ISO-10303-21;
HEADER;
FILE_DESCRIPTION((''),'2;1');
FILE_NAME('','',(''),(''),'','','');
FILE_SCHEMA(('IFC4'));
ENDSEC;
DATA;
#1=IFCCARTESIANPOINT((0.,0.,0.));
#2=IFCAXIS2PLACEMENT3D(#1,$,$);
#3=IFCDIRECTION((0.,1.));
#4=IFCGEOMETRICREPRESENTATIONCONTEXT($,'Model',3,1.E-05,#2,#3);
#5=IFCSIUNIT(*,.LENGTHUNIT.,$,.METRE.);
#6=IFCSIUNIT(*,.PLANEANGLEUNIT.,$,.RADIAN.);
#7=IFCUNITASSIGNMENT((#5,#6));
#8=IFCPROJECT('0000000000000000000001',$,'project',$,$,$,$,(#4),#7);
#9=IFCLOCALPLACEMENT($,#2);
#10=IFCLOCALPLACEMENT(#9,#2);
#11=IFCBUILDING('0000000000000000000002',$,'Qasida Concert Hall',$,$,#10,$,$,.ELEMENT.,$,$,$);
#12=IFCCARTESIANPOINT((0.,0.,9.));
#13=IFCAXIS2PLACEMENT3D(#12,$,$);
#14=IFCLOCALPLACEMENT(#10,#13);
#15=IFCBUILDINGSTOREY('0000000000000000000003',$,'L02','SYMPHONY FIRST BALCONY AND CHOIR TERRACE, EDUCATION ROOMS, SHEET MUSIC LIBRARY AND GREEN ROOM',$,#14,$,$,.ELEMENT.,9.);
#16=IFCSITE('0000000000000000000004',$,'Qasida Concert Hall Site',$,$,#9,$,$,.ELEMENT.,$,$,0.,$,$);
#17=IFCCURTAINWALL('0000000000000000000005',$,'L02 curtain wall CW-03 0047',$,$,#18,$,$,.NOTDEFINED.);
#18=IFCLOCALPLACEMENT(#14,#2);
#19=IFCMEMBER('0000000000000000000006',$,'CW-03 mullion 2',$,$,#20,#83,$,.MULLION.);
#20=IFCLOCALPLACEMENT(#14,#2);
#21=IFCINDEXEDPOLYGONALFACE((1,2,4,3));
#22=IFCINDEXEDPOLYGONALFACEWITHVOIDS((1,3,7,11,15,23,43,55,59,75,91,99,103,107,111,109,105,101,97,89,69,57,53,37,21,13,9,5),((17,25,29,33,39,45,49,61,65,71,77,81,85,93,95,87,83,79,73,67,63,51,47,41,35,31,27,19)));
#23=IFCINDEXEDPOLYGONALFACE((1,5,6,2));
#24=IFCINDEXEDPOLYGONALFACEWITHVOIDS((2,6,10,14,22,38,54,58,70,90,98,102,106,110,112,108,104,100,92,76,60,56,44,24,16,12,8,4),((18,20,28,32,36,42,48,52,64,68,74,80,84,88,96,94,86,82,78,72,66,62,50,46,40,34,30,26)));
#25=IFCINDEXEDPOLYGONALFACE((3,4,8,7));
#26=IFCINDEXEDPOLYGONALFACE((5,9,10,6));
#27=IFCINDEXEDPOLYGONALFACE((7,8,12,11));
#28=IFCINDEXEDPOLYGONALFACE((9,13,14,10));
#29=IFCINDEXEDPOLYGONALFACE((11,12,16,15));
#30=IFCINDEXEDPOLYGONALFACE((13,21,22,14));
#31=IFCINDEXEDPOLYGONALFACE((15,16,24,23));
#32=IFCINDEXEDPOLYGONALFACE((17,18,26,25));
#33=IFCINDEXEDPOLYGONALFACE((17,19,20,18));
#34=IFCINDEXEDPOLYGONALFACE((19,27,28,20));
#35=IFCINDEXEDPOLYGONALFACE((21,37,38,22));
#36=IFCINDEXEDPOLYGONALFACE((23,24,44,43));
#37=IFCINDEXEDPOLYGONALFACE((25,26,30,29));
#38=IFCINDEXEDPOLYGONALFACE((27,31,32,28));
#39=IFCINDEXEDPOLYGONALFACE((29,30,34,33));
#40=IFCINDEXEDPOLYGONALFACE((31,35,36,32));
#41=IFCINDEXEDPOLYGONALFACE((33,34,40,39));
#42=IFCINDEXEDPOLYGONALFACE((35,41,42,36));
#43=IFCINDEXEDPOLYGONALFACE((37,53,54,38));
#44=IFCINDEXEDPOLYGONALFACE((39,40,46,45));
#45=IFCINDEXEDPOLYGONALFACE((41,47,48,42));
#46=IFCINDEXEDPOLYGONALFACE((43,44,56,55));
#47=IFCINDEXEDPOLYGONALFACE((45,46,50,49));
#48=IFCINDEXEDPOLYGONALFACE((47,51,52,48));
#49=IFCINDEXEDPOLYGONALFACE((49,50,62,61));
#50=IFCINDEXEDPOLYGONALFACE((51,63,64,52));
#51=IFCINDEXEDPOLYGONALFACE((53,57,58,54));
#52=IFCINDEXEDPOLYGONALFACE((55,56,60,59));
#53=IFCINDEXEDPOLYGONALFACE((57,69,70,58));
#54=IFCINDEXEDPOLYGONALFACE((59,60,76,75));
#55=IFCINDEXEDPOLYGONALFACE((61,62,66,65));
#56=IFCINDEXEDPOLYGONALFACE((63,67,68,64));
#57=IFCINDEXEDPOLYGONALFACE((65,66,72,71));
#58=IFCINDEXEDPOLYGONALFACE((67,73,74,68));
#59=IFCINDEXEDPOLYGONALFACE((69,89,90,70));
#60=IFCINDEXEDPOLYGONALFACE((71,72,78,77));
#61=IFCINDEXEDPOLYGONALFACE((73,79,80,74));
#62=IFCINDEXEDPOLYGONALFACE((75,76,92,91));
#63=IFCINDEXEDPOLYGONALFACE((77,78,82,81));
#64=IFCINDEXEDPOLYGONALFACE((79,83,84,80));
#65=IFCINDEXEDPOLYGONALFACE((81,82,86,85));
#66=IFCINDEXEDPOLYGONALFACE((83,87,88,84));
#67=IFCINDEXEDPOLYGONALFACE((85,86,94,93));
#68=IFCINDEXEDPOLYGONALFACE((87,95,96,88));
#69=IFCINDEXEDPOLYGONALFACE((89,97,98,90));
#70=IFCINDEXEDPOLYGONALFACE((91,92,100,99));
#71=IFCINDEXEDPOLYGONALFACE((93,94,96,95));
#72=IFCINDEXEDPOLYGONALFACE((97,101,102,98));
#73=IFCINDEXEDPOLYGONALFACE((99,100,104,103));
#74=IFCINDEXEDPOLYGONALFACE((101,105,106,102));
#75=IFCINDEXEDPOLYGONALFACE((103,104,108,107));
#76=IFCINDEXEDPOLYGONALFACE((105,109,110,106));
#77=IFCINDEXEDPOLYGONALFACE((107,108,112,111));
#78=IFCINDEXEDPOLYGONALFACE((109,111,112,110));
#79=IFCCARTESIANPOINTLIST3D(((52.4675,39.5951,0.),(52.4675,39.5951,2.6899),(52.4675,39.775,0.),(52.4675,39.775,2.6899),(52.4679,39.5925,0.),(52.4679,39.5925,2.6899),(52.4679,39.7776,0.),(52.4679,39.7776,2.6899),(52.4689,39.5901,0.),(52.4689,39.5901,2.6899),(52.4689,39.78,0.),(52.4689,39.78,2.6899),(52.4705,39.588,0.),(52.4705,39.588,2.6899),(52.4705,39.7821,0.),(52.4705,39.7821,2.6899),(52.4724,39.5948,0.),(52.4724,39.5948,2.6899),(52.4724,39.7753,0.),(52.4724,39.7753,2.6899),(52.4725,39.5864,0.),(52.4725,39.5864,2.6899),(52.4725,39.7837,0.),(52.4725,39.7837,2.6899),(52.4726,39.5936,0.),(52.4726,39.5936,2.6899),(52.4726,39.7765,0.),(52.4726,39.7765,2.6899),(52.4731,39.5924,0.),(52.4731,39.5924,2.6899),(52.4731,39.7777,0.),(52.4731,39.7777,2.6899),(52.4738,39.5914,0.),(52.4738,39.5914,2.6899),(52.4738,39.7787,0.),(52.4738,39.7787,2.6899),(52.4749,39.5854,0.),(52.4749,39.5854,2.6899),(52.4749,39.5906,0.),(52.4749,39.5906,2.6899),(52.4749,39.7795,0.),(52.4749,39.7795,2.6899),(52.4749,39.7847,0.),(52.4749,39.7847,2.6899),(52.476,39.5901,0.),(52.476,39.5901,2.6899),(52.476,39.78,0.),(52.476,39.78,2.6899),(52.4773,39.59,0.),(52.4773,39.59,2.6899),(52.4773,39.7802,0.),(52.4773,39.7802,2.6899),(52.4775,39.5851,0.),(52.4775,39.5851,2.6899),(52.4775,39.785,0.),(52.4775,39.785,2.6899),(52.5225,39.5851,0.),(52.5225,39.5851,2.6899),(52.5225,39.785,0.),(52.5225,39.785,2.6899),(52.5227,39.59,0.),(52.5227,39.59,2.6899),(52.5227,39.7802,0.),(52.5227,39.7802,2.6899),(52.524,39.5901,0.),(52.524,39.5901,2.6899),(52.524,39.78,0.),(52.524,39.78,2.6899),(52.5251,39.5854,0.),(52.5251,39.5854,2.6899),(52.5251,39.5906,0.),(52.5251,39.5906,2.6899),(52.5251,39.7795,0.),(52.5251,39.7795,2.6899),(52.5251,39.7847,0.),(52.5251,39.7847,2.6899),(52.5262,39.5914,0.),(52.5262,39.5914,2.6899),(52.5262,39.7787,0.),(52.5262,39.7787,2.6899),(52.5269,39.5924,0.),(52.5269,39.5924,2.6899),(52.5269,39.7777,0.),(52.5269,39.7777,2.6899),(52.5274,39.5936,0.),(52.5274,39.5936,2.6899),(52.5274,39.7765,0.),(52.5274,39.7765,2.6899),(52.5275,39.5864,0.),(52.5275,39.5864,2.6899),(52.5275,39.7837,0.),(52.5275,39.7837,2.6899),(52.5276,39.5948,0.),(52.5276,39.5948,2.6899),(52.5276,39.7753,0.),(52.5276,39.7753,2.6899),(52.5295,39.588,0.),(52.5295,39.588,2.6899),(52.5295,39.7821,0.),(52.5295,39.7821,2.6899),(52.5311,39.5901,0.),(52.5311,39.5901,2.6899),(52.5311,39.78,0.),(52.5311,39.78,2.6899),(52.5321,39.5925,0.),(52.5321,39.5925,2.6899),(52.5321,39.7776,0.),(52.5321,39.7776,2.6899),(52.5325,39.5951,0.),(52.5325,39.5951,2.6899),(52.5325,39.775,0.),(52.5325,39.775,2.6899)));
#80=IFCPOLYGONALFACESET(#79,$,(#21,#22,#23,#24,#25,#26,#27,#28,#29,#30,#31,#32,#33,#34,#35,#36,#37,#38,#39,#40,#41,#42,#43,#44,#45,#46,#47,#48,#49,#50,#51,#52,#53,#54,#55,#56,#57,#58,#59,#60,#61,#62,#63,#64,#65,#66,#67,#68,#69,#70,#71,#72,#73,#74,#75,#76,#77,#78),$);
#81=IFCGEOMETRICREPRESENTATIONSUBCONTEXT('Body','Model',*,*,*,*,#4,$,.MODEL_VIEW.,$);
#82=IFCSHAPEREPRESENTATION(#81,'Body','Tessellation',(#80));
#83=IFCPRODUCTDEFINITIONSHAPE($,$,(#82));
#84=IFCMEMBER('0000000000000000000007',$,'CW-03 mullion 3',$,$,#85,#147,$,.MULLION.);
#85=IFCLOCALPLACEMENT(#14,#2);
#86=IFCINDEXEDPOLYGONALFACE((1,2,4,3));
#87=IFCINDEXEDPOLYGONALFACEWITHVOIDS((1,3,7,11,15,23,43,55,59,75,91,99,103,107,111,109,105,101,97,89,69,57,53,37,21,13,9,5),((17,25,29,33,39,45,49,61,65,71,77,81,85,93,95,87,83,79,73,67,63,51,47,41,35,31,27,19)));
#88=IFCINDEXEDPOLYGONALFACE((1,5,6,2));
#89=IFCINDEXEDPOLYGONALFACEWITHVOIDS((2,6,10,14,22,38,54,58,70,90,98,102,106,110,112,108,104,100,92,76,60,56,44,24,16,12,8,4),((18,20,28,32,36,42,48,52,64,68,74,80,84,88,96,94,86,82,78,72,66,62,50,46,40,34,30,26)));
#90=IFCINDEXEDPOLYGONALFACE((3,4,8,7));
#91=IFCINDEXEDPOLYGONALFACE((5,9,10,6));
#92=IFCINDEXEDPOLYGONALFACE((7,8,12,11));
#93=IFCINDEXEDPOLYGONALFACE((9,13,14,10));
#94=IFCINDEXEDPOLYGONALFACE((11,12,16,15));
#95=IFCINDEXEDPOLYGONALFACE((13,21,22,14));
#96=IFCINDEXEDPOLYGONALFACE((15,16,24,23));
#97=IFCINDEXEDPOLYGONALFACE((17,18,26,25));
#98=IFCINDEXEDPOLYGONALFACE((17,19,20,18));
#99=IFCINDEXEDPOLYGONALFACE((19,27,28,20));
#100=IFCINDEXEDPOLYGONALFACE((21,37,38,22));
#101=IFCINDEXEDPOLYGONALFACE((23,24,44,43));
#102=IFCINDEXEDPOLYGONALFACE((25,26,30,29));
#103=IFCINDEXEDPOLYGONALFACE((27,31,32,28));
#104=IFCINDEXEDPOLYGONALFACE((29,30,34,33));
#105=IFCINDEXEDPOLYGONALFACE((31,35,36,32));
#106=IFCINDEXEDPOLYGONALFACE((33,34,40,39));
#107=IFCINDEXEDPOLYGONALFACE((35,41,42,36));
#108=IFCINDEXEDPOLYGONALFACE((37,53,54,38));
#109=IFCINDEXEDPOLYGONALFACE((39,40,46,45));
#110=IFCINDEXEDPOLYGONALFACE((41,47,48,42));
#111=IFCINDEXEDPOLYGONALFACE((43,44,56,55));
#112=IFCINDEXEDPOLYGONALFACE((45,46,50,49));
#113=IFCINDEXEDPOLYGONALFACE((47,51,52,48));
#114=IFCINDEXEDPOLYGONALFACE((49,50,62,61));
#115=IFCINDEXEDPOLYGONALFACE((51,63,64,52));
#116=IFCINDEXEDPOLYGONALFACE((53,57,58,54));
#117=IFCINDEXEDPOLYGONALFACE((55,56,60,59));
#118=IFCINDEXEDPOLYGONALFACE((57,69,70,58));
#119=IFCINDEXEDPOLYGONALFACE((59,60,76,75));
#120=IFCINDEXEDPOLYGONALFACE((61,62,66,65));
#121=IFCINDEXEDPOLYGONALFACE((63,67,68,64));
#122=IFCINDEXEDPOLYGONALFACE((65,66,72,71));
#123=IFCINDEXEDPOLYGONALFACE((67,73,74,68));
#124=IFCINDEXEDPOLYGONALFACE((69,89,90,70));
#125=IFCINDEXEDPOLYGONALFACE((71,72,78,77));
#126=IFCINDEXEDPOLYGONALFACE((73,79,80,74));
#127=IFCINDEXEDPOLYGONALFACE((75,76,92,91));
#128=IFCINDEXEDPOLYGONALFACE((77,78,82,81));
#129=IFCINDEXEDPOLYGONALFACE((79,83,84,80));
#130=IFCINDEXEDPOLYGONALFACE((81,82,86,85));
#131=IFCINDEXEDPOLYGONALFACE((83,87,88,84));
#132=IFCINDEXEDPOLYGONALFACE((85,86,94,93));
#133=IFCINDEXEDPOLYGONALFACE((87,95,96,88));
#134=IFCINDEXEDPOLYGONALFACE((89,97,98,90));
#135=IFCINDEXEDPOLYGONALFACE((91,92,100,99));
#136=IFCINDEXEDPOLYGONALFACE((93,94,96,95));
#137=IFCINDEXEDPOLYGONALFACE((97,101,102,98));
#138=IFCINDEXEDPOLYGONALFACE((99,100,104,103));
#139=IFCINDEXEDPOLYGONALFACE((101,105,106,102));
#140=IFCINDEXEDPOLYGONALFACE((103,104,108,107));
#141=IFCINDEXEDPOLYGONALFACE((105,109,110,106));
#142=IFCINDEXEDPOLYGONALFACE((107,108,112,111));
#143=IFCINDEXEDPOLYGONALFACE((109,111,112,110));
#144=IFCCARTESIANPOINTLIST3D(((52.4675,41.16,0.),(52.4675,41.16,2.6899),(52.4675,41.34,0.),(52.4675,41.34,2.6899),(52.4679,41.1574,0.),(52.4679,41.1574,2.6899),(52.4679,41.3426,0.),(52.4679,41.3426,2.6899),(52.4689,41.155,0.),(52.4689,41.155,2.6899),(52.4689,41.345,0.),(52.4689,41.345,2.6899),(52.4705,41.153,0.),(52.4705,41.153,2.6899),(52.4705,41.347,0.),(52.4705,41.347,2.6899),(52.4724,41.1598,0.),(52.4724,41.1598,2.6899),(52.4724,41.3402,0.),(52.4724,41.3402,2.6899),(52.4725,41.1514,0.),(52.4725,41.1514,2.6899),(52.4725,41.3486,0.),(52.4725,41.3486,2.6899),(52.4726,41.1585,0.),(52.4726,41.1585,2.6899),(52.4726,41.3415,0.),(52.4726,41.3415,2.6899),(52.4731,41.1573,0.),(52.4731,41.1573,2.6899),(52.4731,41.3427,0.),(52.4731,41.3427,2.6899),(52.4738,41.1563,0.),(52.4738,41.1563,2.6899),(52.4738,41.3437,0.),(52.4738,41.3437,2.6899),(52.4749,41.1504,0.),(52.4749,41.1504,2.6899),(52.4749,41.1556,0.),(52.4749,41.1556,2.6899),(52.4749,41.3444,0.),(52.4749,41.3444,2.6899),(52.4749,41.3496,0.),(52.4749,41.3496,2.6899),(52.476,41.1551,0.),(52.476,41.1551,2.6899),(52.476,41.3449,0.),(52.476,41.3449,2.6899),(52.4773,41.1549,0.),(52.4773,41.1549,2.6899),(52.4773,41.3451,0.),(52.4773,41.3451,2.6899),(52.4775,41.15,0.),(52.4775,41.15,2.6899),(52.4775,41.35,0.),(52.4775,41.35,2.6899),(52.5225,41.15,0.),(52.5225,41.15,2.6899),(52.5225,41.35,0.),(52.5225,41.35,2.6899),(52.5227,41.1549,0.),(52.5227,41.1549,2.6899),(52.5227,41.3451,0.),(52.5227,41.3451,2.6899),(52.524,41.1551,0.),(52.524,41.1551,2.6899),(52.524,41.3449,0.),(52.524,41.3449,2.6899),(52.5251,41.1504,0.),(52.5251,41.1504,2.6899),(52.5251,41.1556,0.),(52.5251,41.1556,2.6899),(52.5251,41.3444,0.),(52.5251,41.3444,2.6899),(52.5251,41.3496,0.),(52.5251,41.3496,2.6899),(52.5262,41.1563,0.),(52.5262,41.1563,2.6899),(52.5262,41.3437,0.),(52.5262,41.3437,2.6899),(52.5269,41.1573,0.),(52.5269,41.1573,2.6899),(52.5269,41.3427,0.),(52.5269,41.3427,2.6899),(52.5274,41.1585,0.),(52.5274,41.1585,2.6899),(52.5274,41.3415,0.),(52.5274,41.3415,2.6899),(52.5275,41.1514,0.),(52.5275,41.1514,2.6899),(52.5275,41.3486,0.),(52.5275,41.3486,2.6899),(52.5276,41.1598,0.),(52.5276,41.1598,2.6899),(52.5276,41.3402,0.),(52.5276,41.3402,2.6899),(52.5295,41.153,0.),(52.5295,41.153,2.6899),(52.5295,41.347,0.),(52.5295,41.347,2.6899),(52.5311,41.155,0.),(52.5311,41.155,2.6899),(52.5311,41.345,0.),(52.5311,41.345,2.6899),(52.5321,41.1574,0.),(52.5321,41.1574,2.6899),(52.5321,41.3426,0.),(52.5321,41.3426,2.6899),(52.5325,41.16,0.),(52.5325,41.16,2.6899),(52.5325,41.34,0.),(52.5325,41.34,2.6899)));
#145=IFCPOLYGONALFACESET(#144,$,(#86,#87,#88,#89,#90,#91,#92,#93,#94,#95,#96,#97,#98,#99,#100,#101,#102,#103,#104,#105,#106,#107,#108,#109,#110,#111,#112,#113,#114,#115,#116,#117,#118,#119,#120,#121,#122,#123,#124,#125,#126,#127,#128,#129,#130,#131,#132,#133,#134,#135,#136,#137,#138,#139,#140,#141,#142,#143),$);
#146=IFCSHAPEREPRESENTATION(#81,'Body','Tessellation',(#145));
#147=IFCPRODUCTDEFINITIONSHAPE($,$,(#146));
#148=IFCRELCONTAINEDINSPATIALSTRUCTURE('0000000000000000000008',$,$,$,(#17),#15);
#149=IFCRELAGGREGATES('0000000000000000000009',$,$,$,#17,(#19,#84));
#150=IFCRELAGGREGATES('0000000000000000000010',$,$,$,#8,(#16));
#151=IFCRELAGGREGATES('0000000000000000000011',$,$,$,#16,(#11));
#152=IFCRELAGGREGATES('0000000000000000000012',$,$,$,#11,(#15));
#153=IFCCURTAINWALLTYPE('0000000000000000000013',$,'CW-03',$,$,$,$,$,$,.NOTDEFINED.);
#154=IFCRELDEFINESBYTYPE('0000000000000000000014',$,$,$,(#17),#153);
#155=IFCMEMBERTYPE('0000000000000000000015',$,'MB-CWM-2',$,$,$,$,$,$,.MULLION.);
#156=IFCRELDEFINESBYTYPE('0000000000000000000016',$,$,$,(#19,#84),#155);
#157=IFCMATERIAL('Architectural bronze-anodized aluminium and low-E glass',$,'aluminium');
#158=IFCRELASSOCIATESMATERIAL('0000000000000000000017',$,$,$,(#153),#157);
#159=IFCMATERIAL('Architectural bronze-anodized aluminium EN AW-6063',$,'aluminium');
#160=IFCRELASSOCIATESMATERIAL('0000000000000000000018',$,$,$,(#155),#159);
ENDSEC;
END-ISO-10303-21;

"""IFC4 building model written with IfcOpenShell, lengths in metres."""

from ifc_helpers import new_model, si_unit, direction, frame, origin, origin_2d, place, context, subcontext, project, spatial, hollow_rectangle, extrude, material, material_profile, profile_set, type_object, element, aggregate, save


model = new_model("IFC4")

# Units and contexts
model_context = context("Model", 3, precision=1e-05, world=origin(), true_north=direction((0.0, 1.0)))
body_context = subcontext(model_context, "Body", "Model", "MODEL_VIEW")
ifc_project = project(units=[si_unit("LENGTHUNIT", "METRE"), si_unit("PLANEANGLEUNIT", "RADIAN")], contexts=[model_context])

# Site, building, storey
site_placement = place(None, origin())
site = spatial("IfcSite", under=ifc_project, at=site_placement, Name="Qasida Concert Hall Site", CompositionType="ELEMENT", RefElevation=0.0)
building_placement = place(site_placement, origin())
building = spatial("IfcBuilding", under=site, at=building_placement, Name="Qasida Concert Hall", CompositionType="ELEMENT")
storey_placement = place(building_placement, frame((0.0, 0.0, 9.0)))
storey = spatial("IfcBuildingStorey", under=building, at=storey_placement, Name="L02", Description="SYMPHONY FIRST BALCONY AND CHOIR TERRACE, EDUCATION ROOMS, SHEET MUSIC LIBRARY AND GREEN ROOM", CompositionType="ELEMENT", Elevation=9.0)

# Curtain wall, members
ifc_material_1 = material(Name="Architectural bronze-anodized aluminium and low-E glass", Category="aluminium")
curtain_wall_type_1 = type_object("IfcCurtainWallType", Name="CW-03", PredefinedType="NOTDEFINED", material=ifc_material_1)
curtain_wall_1_placement = place(storey_placement, origin())
curtain_wall_1 = element("IfcCurtainWall", 1, at=curtain_wall_1_placement, inside=storey, type_object=curtain_wall_type_1, Name="L02 curtain wall CW-03 0047", PredefinedType="NOTDEFINED")
ifc_material_2 = material(Name="Architectural bronze-anodized aluminium EN AW-6063", Category="aluminium")
ifc_material_profile_1 = material_profile(ifc_material_2, hollow_rectangle(XDim=0.0649, YDim=0.2, WallThickness=0.0049, InnerFilletRadius=0.0049, OuterFilletRadius=0.01, at=origin_2d()), Name="CWM 200x65x5")
ifc_profile_set_1 = profile_set([ifc_material_profile_1], Name="Architectural bronze-anodized aluminium EN AW-6063")
member_type_1 = type_object("IfcMemberType", Name="MB-CWM-2", PredefinedType="MULLION", material=ifc_profile_set_1)
member_1_placement = place(storey_placement, frame((52.5, 39.6851, 0.0), z_axis=(0.0, 0.0, 1.0), x_axis=(-1.0, 0.0, 0.0)))
member_1 = element("IfcMember", 2, at=member_1_placement, type_object=member_type_1, Name="CW-03 mullion 2", PredefinedType="MULLION", context=body_context, shape_type="SweptSolid", body=[
    extrude(hollow_rectangle(XDim=0.0649, YDim=0.2, WallThickness=0.0049, InnerFilletRadius=0.0049, OuterFilletRadius=0.01, at=origin_2d()), origin(), (0.0, 0.0, 1.0), 2.6899),
])
member_2_placement = place(storey_placement, frame((52.5, 41.25, 0.0), z_axis=(0.0, 0.0, 1.0), x_axis=(-1.0, 0.0, 0.0)))
member_2 = element("IfcMember", 3, at=member_2_placement, type_object=member_type_1, Name="CW-03 mullion 3", PredefinedType="MULLION", context=body_context, shape_type="SweptSolid", body=[
    extrude(hollow_rectangle(XDim=0.0649, YDim=0.2, WallThickness=0.0049, InnerFilletRadius=0.0049, OuterFilletRadius=0.01, at=origin_2d()), origin(), (0.0, 0.0, 1.0), 2.6899),
])

aggregate(curtain_wall_1, [member_1, member_2])

save(model, "model.ifc")
